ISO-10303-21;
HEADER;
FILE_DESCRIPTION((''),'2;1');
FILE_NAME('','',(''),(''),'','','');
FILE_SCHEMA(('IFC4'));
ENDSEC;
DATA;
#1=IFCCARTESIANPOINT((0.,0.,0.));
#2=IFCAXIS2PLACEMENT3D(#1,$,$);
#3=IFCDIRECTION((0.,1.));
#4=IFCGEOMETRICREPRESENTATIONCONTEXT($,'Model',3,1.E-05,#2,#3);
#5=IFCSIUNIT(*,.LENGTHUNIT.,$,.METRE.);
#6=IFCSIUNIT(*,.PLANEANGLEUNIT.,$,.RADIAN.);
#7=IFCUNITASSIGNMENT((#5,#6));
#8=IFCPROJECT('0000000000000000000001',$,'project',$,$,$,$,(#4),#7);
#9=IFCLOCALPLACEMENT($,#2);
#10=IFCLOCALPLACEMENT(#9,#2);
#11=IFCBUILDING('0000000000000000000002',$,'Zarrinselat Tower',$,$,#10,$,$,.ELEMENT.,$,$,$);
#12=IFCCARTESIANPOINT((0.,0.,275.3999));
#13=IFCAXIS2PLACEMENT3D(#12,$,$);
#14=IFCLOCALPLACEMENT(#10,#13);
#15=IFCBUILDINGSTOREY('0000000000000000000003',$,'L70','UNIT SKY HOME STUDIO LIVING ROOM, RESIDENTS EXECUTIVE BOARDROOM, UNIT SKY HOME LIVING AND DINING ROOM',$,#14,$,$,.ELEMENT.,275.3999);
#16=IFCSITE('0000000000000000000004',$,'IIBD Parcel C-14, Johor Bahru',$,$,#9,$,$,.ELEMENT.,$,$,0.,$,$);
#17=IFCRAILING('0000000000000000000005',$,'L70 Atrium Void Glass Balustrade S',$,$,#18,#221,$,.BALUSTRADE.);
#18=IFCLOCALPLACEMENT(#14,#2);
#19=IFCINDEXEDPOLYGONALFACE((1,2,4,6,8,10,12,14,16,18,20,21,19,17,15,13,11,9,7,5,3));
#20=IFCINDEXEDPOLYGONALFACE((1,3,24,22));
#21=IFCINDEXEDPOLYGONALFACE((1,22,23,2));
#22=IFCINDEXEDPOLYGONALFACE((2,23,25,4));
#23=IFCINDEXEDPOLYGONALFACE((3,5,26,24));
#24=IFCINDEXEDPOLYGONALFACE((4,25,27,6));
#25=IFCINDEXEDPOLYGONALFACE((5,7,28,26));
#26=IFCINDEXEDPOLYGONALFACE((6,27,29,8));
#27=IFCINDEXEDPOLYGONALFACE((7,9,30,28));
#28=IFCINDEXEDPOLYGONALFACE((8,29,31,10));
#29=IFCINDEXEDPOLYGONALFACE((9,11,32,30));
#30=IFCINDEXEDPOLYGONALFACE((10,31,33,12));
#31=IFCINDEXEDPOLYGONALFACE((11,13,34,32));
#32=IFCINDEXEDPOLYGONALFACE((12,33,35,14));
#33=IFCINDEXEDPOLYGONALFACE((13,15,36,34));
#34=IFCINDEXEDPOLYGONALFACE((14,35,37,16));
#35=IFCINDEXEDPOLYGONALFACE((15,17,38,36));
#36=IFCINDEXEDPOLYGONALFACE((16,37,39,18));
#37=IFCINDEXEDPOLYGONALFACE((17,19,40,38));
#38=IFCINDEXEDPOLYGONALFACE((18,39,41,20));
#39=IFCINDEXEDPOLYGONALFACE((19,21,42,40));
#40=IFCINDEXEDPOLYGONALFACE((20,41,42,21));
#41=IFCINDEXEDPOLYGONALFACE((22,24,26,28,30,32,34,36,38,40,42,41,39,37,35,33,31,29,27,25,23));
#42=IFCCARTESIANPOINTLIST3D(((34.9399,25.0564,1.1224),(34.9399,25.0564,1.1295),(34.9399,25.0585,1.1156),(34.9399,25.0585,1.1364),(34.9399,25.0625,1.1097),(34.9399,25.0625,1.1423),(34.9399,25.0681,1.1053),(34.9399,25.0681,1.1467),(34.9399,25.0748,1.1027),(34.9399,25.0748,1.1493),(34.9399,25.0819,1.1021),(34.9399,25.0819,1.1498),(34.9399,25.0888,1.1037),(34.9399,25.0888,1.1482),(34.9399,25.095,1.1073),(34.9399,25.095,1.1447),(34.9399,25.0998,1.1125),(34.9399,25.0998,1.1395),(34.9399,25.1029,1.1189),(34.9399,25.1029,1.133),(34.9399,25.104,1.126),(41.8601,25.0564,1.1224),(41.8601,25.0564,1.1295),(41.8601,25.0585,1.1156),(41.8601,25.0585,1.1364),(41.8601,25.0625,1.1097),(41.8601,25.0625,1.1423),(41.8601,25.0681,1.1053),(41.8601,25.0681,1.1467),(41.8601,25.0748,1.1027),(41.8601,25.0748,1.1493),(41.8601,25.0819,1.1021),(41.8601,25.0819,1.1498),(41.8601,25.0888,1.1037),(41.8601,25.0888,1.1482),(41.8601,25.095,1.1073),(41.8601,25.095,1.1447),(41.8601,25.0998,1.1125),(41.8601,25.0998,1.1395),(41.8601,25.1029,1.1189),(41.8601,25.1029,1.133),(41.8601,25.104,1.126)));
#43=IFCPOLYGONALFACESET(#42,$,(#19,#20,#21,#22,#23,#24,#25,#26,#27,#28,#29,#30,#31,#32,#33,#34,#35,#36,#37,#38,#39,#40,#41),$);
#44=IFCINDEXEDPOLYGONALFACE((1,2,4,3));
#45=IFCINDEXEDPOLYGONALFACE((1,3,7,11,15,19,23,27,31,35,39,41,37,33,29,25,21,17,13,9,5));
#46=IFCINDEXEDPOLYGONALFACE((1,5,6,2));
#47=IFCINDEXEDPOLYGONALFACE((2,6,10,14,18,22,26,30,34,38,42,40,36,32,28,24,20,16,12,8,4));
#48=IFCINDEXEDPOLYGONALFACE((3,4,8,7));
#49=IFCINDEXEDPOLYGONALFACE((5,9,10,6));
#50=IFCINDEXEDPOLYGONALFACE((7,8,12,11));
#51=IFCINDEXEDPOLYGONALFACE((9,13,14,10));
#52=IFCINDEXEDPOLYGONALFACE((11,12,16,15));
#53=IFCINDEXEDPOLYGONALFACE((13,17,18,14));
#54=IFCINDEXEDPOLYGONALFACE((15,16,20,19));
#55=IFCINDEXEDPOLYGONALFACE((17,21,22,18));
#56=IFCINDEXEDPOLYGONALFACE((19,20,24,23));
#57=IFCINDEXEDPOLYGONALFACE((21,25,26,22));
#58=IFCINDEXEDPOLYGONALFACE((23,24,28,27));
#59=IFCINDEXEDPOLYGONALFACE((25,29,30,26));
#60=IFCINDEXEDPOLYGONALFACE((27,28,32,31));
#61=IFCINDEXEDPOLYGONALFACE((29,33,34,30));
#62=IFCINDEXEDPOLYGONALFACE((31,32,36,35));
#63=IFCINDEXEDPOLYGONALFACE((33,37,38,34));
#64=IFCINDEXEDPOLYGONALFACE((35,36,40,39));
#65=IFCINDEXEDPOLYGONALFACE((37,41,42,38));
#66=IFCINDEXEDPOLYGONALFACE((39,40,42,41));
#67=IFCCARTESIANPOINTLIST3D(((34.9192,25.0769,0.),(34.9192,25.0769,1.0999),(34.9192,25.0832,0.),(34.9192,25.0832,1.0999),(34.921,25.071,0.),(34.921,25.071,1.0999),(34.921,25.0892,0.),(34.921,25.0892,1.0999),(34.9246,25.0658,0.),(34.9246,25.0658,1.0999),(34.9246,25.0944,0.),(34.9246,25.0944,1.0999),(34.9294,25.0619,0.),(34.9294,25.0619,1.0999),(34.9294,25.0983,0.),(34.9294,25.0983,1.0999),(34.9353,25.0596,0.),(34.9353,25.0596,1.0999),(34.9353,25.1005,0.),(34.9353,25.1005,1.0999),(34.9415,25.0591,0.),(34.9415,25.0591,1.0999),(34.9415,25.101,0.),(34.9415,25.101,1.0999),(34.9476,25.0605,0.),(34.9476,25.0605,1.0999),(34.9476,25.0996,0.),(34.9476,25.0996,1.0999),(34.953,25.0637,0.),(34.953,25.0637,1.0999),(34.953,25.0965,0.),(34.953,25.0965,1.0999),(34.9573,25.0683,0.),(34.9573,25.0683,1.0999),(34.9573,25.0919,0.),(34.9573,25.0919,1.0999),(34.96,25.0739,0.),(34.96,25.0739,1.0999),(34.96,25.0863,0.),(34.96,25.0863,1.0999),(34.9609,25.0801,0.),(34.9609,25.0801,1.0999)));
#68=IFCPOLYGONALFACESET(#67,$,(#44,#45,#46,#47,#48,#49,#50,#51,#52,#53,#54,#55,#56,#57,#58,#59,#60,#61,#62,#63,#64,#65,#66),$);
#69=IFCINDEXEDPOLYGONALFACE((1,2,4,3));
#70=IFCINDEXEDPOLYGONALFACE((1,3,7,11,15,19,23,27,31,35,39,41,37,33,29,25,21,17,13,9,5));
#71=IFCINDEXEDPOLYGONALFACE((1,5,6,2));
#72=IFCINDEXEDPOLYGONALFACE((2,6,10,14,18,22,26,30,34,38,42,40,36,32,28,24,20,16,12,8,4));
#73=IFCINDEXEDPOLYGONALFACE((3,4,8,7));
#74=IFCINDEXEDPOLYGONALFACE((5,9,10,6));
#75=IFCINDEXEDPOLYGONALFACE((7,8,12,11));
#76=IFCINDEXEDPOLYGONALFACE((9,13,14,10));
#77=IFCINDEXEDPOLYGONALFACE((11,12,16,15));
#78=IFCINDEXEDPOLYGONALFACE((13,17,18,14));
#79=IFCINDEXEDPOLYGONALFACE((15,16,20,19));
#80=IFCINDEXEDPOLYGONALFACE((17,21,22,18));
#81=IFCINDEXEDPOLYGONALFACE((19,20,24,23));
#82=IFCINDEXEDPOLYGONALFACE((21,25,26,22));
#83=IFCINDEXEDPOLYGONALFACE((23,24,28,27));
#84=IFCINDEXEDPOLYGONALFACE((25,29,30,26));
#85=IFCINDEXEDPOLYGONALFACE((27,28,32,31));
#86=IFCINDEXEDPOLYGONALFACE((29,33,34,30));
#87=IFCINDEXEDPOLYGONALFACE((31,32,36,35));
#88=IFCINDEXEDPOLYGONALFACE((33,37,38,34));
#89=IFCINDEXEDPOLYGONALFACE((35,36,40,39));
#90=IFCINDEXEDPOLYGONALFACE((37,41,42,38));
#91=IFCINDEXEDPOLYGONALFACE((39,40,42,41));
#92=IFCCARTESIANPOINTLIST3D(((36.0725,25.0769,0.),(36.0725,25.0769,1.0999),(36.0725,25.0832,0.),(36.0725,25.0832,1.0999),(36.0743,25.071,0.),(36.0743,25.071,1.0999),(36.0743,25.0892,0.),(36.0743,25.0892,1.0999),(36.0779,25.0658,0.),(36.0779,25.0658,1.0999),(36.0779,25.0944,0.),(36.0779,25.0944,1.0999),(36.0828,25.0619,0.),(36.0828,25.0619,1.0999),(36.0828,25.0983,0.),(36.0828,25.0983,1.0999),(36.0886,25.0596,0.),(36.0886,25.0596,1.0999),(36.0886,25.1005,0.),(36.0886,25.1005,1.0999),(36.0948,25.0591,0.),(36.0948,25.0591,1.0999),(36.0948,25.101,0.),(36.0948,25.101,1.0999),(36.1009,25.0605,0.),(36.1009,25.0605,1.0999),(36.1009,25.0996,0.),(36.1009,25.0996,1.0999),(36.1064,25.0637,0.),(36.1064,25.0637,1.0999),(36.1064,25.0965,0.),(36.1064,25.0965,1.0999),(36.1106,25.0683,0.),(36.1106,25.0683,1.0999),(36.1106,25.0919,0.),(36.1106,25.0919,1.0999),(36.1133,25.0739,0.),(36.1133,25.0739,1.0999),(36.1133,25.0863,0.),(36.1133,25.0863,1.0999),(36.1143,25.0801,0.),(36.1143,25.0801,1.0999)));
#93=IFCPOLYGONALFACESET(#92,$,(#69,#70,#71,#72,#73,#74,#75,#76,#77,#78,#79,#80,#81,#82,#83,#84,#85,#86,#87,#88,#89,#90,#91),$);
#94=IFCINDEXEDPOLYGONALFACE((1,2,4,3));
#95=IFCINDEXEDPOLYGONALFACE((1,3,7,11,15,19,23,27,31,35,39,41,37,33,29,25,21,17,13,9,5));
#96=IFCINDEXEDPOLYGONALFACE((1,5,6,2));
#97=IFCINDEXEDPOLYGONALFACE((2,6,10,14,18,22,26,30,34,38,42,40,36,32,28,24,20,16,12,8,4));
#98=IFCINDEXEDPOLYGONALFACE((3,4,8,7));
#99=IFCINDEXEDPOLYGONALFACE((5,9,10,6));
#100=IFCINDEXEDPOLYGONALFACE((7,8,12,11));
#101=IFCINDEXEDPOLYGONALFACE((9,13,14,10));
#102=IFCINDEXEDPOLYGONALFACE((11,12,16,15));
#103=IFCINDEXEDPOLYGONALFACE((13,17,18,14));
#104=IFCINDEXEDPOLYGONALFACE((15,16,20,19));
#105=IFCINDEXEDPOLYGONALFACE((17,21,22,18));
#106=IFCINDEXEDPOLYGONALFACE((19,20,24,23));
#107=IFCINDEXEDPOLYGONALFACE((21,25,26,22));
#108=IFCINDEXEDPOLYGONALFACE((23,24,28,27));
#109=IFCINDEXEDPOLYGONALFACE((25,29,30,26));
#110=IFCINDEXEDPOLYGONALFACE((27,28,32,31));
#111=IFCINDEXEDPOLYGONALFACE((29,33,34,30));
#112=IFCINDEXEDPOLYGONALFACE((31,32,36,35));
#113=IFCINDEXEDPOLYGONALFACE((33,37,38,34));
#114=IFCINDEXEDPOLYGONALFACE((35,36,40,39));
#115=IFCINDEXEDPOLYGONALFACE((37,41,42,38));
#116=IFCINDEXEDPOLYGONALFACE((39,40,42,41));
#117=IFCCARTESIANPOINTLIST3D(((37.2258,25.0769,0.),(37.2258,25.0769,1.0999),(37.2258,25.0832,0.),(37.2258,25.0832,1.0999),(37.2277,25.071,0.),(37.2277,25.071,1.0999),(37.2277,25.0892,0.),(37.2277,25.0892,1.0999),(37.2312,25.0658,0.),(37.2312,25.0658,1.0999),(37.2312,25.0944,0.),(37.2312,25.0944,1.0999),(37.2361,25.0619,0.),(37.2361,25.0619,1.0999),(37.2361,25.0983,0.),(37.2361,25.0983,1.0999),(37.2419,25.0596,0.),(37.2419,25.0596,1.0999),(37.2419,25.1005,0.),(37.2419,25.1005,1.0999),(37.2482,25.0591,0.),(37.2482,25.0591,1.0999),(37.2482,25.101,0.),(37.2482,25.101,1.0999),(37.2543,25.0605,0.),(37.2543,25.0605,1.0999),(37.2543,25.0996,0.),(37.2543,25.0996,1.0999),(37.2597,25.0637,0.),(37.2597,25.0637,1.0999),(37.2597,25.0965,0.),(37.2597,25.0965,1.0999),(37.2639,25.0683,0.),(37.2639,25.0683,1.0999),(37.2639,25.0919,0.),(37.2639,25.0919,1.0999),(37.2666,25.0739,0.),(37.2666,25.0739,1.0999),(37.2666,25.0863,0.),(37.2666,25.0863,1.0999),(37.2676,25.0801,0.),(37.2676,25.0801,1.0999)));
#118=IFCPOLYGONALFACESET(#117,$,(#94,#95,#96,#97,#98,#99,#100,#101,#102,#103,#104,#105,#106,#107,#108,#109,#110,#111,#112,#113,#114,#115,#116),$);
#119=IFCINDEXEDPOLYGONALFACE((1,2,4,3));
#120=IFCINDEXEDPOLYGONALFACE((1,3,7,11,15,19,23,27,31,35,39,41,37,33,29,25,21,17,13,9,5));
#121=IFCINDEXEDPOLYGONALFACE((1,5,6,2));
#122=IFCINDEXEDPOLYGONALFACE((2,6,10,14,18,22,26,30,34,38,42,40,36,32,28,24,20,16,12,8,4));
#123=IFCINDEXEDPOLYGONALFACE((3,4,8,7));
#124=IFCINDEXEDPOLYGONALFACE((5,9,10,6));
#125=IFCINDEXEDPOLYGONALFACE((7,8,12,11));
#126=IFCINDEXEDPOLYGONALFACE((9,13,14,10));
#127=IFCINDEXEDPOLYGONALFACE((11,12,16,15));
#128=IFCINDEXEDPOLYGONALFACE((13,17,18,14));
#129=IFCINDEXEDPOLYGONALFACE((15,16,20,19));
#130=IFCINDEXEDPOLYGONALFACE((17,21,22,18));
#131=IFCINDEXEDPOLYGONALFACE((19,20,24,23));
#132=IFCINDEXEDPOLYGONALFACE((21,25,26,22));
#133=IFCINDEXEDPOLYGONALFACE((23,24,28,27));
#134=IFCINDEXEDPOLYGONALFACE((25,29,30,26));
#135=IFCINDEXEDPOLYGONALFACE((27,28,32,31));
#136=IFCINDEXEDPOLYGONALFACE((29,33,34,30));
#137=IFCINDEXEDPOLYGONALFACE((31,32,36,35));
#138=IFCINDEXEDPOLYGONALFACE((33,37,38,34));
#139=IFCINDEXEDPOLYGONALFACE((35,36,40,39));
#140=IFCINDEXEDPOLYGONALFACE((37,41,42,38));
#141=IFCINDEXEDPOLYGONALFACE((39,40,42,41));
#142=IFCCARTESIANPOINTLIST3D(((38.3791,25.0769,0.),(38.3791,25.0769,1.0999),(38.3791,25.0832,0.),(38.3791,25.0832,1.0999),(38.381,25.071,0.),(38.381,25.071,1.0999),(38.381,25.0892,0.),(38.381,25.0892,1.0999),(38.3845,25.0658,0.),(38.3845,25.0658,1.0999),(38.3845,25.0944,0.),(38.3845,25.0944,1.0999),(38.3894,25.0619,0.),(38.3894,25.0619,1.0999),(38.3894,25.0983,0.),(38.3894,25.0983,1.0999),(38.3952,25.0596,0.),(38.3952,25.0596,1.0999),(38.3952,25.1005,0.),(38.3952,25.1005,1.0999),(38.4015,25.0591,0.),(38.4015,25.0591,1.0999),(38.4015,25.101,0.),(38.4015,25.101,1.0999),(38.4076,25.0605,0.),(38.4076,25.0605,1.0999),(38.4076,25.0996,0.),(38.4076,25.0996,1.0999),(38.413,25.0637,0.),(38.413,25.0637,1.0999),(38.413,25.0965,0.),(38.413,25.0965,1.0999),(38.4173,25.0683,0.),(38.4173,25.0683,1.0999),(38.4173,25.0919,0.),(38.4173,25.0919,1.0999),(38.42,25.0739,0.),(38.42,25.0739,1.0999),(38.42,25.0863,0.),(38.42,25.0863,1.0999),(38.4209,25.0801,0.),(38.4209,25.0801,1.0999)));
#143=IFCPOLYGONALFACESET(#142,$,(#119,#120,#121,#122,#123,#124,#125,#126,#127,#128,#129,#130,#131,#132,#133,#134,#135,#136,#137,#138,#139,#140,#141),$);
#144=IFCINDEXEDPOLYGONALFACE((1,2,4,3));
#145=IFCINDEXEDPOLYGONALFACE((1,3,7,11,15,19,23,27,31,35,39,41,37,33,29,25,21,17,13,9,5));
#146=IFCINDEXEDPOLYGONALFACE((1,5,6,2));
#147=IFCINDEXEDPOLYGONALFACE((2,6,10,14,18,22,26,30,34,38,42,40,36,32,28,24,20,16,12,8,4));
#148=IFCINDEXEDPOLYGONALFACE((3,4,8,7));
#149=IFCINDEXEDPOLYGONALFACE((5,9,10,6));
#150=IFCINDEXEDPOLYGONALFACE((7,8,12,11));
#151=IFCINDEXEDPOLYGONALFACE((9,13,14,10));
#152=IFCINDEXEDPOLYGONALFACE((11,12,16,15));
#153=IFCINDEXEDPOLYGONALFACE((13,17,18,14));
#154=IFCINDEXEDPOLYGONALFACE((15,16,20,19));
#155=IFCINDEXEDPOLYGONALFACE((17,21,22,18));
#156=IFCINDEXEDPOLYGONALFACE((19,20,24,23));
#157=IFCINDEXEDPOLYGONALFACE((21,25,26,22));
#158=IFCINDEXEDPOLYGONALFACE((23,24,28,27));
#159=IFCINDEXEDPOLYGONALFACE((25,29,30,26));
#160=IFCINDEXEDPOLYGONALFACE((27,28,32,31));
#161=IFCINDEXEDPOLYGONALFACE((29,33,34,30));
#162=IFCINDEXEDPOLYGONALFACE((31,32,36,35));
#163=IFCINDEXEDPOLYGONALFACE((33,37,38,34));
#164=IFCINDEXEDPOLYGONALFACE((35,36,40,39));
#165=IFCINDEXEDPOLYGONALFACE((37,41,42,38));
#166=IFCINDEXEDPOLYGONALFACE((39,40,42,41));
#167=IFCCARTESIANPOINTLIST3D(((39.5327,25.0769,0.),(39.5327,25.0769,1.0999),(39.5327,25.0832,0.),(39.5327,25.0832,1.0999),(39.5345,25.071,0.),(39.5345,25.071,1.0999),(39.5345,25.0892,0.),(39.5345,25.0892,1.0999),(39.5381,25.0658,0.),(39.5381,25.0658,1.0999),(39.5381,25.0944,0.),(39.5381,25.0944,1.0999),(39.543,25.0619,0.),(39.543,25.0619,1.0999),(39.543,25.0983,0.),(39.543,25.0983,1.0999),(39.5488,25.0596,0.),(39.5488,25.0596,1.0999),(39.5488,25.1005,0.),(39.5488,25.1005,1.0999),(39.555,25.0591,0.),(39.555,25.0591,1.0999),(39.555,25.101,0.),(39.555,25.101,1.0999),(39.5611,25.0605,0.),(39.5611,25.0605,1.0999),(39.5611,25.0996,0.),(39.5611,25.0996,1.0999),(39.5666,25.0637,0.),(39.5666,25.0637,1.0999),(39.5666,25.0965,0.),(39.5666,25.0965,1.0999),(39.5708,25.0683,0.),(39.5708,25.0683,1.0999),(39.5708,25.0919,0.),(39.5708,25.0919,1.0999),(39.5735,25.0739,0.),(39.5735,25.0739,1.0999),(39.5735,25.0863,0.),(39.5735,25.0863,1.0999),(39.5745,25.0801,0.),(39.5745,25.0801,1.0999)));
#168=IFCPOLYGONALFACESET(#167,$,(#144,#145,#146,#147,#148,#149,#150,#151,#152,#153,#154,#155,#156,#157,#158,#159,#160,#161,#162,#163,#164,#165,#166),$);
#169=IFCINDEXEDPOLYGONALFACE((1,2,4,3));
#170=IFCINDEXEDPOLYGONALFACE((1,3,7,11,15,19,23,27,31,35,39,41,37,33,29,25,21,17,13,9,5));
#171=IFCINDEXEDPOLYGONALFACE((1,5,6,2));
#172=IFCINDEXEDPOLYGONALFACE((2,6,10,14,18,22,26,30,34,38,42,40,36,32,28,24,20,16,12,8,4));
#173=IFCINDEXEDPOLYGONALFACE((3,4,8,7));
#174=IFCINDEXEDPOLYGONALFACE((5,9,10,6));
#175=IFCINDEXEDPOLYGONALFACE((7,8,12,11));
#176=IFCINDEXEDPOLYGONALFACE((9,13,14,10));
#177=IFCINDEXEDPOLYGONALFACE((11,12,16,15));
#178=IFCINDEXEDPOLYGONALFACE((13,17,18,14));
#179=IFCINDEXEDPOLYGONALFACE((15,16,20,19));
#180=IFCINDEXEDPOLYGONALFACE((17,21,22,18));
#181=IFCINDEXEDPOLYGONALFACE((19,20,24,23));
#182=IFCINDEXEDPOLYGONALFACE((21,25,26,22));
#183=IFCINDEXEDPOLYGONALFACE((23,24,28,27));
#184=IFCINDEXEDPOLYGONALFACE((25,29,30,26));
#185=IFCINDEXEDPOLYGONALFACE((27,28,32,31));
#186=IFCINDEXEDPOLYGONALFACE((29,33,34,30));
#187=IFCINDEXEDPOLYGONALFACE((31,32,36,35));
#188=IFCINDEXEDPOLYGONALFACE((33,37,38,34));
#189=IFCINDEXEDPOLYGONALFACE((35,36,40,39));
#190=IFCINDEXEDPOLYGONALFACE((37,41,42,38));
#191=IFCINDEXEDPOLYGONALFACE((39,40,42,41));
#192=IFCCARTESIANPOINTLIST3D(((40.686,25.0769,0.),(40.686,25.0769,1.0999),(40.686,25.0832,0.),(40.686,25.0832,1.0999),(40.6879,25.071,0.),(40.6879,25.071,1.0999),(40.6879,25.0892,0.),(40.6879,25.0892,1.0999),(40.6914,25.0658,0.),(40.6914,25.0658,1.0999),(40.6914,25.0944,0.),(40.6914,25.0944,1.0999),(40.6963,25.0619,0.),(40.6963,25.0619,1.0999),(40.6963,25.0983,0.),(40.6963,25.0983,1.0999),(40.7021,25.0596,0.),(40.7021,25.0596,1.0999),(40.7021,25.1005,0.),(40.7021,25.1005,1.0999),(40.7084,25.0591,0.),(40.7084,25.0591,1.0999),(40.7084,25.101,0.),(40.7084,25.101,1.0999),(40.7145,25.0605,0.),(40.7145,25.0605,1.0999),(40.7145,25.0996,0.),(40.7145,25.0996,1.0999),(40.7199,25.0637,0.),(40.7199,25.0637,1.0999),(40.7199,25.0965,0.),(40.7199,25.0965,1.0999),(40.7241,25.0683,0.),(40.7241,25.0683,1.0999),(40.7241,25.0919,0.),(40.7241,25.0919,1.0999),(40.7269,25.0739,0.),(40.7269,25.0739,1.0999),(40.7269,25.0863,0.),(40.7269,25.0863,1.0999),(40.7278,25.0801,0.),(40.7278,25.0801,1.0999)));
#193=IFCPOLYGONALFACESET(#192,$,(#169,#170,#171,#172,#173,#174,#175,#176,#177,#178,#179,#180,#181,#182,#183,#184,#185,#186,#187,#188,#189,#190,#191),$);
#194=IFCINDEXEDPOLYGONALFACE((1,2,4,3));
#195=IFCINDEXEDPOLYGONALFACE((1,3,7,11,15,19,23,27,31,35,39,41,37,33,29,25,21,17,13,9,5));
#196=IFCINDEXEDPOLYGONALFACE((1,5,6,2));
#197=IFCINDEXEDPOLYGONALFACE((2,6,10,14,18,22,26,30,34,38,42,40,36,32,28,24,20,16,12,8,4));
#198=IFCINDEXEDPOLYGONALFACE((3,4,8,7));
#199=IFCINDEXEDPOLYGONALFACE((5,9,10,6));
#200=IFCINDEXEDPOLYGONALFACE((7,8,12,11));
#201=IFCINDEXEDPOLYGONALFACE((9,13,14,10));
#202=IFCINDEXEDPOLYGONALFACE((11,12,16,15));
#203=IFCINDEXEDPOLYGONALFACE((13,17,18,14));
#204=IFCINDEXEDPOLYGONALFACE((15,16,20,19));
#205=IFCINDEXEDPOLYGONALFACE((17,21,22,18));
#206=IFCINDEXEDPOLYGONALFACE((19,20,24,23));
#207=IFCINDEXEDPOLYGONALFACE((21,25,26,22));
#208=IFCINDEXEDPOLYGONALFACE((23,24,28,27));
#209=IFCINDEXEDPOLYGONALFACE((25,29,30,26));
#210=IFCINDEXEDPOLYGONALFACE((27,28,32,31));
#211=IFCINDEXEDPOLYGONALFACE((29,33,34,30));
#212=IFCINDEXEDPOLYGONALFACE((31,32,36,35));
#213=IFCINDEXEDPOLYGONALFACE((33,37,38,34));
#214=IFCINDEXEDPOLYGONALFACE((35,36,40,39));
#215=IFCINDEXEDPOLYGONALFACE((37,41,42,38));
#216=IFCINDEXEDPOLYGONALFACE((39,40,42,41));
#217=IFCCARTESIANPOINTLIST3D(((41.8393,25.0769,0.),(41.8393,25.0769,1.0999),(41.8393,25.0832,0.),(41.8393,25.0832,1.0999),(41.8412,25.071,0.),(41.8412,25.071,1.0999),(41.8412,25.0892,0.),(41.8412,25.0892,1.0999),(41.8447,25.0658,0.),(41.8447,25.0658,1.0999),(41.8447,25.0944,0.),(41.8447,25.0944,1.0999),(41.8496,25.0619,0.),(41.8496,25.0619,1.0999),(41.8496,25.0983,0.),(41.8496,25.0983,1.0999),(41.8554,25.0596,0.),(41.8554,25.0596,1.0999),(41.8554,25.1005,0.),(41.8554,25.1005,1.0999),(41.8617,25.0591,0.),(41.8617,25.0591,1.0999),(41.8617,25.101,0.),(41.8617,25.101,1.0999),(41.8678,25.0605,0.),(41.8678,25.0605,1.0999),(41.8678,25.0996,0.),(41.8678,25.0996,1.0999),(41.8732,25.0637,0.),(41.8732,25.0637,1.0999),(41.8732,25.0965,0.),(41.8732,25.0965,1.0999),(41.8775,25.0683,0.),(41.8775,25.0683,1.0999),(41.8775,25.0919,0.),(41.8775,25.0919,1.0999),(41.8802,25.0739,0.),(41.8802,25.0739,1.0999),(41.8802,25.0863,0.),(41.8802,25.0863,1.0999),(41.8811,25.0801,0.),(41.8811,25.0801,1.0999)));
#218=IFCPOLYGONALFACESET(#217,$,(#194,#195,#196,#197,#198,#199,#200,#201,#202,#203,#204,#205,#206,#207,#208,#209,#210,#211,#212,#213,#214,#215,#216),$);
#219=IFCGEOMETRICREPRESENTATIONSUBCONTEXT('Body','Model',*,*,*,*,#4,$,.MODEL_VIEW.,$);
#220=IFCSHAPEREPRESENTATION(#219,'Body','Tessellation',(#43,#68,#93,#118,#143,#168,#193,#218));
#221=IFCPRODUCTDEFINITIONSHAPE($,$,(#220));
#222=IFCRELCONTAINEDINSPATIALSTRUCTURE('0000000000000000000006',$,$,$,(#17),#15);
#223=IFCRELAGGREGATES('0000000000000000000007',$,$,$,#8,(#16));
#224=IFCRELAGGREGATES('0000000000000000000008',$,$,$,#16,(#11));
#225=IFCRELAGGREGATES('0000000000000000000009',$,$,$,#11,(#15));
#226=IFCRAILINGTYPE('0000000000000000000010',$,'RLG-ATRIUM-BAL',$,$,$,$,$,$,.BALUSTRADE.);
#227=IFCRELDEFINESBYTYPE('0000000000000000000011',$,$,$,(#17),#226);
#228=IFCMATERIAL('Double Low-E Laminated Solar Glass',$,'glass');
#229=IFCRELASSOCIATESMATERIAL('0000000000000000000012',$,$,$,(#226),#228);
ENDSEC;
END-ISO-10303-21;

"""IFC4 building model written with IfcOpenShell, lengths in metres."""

from ifc_helpers import new_model, si_unit, direction, frame, origin, origin_2d, place, context, subcontext, project, spatial, circle, extrude, material, type_object, element, save


model = new_model("IFC4")

# Units and contexts
model_context = context("Model", 3, precision=1e-05, world=origin(), true_north=direction((0.0, 1.0)))
body_context = subcontext(model_context, "Body", "Model", "MODEL_VIEW")
ifc_project = project(units=[si_unit("LENGTHUNIT", "METRE"), si_unit("PLANEANGLEUNIT", "RADIAN")], contexts=[model_context])

# Site, building, storey
site_placement = place(None, origin())
site = spatial("IfcSite", under=ifc_project, at=site_placement, Name="IIBD Parcel C-14, Johor Bahru", CompositionType="ELEMENT", RefElevation=0.0)
building_placement = place(site_placement, origin())
building = spatial("IfcBuilding", under=site, at=building_placement, Name="Zarrinselat Tower", CompositionType="ELEMENT")
storey_placement = place(building_placement, frame((0.0, 0.0, 275.3999)))
storey = spatial("IfcBuildingStorey", under=building, at=storey_placement, Name="L70", Description="UNIT SKY HOME STUDIO LIVING ROOM, RESIDENTS EXECUTIVE BOARDROOM, UNIT SKY HOME LIVING AND DINING ROOM", CompositionType="ELEMENT", Elevation=275.3999)

# Railing
ifc_material_1 = material(Name="Double Low-E Laminated Solar Glass", Category="glass")
railing_type = type_object("IfcRailingType", Name="RLG-ATRIUM-BAL", PredefinedType="BALUSTRADE", material=ifc_material_1)
railing_placement = place(storey_placement, frame((34.9399, 25.0801, 0.0)))
element("IfcRailing", 1, at=railing_placement, inside=storey, type_object=railing_type, Name="L70 Atrium Void Glass Balustrade S", PredefinedType="BALUSTRADE", context=body_context, shape_type="SweptSolid", body=[
    extrude(circle(Radius=0.0239, at=origin_2d()), frame((0.0, 0.0, 1.126), z_axis=(1.0, 0.0, 0.0), x_axis=(0.0, 1.0, 0.0)), (0.0, 0.0, 1.0), 6.9202),
    extrude(circle(Radius=0.021, at=origin_2d()), origin(), (0.0, 0.0, 1.0), 1.0999),
    extrude(circle(Radius=0.021, at=origin_2d()), frame((1.1533, 0.0, 0.0)), (0.0, 0.0, 1.0), 1.0999),
    extrude(circle(Radius=0.021, at=origin_2d()), frame((2.3066, 0.0, 0.0)), (0.0, 0.0, 1.0), 1.0999),
    extrude(circle(Radius=0.021, at=origin_2d()), frame((3.46, 0.0, 0.0)), (0.0, 0.0, 1.0), 1.0999),
    extrude(circle(Radius=0.021, at=origin_2d()), frame((4.6135, 0.0, 0.0)), (0.0, 0.0, 1.0), 1.0999),
    extrude(circle(Radius=0.021, at=origin_2d()), frame((5.7668, 0.0, 0.0)), (0.0, 0.0, 1.0), 1.0999),
    extrude(circle(Radius=0.021, at=origin_2d()), frame((6.9202, 0.0, 0.0)), (0.0, 0.0, 1.0), 1.0999),
])

save(model, "model.ifc")
